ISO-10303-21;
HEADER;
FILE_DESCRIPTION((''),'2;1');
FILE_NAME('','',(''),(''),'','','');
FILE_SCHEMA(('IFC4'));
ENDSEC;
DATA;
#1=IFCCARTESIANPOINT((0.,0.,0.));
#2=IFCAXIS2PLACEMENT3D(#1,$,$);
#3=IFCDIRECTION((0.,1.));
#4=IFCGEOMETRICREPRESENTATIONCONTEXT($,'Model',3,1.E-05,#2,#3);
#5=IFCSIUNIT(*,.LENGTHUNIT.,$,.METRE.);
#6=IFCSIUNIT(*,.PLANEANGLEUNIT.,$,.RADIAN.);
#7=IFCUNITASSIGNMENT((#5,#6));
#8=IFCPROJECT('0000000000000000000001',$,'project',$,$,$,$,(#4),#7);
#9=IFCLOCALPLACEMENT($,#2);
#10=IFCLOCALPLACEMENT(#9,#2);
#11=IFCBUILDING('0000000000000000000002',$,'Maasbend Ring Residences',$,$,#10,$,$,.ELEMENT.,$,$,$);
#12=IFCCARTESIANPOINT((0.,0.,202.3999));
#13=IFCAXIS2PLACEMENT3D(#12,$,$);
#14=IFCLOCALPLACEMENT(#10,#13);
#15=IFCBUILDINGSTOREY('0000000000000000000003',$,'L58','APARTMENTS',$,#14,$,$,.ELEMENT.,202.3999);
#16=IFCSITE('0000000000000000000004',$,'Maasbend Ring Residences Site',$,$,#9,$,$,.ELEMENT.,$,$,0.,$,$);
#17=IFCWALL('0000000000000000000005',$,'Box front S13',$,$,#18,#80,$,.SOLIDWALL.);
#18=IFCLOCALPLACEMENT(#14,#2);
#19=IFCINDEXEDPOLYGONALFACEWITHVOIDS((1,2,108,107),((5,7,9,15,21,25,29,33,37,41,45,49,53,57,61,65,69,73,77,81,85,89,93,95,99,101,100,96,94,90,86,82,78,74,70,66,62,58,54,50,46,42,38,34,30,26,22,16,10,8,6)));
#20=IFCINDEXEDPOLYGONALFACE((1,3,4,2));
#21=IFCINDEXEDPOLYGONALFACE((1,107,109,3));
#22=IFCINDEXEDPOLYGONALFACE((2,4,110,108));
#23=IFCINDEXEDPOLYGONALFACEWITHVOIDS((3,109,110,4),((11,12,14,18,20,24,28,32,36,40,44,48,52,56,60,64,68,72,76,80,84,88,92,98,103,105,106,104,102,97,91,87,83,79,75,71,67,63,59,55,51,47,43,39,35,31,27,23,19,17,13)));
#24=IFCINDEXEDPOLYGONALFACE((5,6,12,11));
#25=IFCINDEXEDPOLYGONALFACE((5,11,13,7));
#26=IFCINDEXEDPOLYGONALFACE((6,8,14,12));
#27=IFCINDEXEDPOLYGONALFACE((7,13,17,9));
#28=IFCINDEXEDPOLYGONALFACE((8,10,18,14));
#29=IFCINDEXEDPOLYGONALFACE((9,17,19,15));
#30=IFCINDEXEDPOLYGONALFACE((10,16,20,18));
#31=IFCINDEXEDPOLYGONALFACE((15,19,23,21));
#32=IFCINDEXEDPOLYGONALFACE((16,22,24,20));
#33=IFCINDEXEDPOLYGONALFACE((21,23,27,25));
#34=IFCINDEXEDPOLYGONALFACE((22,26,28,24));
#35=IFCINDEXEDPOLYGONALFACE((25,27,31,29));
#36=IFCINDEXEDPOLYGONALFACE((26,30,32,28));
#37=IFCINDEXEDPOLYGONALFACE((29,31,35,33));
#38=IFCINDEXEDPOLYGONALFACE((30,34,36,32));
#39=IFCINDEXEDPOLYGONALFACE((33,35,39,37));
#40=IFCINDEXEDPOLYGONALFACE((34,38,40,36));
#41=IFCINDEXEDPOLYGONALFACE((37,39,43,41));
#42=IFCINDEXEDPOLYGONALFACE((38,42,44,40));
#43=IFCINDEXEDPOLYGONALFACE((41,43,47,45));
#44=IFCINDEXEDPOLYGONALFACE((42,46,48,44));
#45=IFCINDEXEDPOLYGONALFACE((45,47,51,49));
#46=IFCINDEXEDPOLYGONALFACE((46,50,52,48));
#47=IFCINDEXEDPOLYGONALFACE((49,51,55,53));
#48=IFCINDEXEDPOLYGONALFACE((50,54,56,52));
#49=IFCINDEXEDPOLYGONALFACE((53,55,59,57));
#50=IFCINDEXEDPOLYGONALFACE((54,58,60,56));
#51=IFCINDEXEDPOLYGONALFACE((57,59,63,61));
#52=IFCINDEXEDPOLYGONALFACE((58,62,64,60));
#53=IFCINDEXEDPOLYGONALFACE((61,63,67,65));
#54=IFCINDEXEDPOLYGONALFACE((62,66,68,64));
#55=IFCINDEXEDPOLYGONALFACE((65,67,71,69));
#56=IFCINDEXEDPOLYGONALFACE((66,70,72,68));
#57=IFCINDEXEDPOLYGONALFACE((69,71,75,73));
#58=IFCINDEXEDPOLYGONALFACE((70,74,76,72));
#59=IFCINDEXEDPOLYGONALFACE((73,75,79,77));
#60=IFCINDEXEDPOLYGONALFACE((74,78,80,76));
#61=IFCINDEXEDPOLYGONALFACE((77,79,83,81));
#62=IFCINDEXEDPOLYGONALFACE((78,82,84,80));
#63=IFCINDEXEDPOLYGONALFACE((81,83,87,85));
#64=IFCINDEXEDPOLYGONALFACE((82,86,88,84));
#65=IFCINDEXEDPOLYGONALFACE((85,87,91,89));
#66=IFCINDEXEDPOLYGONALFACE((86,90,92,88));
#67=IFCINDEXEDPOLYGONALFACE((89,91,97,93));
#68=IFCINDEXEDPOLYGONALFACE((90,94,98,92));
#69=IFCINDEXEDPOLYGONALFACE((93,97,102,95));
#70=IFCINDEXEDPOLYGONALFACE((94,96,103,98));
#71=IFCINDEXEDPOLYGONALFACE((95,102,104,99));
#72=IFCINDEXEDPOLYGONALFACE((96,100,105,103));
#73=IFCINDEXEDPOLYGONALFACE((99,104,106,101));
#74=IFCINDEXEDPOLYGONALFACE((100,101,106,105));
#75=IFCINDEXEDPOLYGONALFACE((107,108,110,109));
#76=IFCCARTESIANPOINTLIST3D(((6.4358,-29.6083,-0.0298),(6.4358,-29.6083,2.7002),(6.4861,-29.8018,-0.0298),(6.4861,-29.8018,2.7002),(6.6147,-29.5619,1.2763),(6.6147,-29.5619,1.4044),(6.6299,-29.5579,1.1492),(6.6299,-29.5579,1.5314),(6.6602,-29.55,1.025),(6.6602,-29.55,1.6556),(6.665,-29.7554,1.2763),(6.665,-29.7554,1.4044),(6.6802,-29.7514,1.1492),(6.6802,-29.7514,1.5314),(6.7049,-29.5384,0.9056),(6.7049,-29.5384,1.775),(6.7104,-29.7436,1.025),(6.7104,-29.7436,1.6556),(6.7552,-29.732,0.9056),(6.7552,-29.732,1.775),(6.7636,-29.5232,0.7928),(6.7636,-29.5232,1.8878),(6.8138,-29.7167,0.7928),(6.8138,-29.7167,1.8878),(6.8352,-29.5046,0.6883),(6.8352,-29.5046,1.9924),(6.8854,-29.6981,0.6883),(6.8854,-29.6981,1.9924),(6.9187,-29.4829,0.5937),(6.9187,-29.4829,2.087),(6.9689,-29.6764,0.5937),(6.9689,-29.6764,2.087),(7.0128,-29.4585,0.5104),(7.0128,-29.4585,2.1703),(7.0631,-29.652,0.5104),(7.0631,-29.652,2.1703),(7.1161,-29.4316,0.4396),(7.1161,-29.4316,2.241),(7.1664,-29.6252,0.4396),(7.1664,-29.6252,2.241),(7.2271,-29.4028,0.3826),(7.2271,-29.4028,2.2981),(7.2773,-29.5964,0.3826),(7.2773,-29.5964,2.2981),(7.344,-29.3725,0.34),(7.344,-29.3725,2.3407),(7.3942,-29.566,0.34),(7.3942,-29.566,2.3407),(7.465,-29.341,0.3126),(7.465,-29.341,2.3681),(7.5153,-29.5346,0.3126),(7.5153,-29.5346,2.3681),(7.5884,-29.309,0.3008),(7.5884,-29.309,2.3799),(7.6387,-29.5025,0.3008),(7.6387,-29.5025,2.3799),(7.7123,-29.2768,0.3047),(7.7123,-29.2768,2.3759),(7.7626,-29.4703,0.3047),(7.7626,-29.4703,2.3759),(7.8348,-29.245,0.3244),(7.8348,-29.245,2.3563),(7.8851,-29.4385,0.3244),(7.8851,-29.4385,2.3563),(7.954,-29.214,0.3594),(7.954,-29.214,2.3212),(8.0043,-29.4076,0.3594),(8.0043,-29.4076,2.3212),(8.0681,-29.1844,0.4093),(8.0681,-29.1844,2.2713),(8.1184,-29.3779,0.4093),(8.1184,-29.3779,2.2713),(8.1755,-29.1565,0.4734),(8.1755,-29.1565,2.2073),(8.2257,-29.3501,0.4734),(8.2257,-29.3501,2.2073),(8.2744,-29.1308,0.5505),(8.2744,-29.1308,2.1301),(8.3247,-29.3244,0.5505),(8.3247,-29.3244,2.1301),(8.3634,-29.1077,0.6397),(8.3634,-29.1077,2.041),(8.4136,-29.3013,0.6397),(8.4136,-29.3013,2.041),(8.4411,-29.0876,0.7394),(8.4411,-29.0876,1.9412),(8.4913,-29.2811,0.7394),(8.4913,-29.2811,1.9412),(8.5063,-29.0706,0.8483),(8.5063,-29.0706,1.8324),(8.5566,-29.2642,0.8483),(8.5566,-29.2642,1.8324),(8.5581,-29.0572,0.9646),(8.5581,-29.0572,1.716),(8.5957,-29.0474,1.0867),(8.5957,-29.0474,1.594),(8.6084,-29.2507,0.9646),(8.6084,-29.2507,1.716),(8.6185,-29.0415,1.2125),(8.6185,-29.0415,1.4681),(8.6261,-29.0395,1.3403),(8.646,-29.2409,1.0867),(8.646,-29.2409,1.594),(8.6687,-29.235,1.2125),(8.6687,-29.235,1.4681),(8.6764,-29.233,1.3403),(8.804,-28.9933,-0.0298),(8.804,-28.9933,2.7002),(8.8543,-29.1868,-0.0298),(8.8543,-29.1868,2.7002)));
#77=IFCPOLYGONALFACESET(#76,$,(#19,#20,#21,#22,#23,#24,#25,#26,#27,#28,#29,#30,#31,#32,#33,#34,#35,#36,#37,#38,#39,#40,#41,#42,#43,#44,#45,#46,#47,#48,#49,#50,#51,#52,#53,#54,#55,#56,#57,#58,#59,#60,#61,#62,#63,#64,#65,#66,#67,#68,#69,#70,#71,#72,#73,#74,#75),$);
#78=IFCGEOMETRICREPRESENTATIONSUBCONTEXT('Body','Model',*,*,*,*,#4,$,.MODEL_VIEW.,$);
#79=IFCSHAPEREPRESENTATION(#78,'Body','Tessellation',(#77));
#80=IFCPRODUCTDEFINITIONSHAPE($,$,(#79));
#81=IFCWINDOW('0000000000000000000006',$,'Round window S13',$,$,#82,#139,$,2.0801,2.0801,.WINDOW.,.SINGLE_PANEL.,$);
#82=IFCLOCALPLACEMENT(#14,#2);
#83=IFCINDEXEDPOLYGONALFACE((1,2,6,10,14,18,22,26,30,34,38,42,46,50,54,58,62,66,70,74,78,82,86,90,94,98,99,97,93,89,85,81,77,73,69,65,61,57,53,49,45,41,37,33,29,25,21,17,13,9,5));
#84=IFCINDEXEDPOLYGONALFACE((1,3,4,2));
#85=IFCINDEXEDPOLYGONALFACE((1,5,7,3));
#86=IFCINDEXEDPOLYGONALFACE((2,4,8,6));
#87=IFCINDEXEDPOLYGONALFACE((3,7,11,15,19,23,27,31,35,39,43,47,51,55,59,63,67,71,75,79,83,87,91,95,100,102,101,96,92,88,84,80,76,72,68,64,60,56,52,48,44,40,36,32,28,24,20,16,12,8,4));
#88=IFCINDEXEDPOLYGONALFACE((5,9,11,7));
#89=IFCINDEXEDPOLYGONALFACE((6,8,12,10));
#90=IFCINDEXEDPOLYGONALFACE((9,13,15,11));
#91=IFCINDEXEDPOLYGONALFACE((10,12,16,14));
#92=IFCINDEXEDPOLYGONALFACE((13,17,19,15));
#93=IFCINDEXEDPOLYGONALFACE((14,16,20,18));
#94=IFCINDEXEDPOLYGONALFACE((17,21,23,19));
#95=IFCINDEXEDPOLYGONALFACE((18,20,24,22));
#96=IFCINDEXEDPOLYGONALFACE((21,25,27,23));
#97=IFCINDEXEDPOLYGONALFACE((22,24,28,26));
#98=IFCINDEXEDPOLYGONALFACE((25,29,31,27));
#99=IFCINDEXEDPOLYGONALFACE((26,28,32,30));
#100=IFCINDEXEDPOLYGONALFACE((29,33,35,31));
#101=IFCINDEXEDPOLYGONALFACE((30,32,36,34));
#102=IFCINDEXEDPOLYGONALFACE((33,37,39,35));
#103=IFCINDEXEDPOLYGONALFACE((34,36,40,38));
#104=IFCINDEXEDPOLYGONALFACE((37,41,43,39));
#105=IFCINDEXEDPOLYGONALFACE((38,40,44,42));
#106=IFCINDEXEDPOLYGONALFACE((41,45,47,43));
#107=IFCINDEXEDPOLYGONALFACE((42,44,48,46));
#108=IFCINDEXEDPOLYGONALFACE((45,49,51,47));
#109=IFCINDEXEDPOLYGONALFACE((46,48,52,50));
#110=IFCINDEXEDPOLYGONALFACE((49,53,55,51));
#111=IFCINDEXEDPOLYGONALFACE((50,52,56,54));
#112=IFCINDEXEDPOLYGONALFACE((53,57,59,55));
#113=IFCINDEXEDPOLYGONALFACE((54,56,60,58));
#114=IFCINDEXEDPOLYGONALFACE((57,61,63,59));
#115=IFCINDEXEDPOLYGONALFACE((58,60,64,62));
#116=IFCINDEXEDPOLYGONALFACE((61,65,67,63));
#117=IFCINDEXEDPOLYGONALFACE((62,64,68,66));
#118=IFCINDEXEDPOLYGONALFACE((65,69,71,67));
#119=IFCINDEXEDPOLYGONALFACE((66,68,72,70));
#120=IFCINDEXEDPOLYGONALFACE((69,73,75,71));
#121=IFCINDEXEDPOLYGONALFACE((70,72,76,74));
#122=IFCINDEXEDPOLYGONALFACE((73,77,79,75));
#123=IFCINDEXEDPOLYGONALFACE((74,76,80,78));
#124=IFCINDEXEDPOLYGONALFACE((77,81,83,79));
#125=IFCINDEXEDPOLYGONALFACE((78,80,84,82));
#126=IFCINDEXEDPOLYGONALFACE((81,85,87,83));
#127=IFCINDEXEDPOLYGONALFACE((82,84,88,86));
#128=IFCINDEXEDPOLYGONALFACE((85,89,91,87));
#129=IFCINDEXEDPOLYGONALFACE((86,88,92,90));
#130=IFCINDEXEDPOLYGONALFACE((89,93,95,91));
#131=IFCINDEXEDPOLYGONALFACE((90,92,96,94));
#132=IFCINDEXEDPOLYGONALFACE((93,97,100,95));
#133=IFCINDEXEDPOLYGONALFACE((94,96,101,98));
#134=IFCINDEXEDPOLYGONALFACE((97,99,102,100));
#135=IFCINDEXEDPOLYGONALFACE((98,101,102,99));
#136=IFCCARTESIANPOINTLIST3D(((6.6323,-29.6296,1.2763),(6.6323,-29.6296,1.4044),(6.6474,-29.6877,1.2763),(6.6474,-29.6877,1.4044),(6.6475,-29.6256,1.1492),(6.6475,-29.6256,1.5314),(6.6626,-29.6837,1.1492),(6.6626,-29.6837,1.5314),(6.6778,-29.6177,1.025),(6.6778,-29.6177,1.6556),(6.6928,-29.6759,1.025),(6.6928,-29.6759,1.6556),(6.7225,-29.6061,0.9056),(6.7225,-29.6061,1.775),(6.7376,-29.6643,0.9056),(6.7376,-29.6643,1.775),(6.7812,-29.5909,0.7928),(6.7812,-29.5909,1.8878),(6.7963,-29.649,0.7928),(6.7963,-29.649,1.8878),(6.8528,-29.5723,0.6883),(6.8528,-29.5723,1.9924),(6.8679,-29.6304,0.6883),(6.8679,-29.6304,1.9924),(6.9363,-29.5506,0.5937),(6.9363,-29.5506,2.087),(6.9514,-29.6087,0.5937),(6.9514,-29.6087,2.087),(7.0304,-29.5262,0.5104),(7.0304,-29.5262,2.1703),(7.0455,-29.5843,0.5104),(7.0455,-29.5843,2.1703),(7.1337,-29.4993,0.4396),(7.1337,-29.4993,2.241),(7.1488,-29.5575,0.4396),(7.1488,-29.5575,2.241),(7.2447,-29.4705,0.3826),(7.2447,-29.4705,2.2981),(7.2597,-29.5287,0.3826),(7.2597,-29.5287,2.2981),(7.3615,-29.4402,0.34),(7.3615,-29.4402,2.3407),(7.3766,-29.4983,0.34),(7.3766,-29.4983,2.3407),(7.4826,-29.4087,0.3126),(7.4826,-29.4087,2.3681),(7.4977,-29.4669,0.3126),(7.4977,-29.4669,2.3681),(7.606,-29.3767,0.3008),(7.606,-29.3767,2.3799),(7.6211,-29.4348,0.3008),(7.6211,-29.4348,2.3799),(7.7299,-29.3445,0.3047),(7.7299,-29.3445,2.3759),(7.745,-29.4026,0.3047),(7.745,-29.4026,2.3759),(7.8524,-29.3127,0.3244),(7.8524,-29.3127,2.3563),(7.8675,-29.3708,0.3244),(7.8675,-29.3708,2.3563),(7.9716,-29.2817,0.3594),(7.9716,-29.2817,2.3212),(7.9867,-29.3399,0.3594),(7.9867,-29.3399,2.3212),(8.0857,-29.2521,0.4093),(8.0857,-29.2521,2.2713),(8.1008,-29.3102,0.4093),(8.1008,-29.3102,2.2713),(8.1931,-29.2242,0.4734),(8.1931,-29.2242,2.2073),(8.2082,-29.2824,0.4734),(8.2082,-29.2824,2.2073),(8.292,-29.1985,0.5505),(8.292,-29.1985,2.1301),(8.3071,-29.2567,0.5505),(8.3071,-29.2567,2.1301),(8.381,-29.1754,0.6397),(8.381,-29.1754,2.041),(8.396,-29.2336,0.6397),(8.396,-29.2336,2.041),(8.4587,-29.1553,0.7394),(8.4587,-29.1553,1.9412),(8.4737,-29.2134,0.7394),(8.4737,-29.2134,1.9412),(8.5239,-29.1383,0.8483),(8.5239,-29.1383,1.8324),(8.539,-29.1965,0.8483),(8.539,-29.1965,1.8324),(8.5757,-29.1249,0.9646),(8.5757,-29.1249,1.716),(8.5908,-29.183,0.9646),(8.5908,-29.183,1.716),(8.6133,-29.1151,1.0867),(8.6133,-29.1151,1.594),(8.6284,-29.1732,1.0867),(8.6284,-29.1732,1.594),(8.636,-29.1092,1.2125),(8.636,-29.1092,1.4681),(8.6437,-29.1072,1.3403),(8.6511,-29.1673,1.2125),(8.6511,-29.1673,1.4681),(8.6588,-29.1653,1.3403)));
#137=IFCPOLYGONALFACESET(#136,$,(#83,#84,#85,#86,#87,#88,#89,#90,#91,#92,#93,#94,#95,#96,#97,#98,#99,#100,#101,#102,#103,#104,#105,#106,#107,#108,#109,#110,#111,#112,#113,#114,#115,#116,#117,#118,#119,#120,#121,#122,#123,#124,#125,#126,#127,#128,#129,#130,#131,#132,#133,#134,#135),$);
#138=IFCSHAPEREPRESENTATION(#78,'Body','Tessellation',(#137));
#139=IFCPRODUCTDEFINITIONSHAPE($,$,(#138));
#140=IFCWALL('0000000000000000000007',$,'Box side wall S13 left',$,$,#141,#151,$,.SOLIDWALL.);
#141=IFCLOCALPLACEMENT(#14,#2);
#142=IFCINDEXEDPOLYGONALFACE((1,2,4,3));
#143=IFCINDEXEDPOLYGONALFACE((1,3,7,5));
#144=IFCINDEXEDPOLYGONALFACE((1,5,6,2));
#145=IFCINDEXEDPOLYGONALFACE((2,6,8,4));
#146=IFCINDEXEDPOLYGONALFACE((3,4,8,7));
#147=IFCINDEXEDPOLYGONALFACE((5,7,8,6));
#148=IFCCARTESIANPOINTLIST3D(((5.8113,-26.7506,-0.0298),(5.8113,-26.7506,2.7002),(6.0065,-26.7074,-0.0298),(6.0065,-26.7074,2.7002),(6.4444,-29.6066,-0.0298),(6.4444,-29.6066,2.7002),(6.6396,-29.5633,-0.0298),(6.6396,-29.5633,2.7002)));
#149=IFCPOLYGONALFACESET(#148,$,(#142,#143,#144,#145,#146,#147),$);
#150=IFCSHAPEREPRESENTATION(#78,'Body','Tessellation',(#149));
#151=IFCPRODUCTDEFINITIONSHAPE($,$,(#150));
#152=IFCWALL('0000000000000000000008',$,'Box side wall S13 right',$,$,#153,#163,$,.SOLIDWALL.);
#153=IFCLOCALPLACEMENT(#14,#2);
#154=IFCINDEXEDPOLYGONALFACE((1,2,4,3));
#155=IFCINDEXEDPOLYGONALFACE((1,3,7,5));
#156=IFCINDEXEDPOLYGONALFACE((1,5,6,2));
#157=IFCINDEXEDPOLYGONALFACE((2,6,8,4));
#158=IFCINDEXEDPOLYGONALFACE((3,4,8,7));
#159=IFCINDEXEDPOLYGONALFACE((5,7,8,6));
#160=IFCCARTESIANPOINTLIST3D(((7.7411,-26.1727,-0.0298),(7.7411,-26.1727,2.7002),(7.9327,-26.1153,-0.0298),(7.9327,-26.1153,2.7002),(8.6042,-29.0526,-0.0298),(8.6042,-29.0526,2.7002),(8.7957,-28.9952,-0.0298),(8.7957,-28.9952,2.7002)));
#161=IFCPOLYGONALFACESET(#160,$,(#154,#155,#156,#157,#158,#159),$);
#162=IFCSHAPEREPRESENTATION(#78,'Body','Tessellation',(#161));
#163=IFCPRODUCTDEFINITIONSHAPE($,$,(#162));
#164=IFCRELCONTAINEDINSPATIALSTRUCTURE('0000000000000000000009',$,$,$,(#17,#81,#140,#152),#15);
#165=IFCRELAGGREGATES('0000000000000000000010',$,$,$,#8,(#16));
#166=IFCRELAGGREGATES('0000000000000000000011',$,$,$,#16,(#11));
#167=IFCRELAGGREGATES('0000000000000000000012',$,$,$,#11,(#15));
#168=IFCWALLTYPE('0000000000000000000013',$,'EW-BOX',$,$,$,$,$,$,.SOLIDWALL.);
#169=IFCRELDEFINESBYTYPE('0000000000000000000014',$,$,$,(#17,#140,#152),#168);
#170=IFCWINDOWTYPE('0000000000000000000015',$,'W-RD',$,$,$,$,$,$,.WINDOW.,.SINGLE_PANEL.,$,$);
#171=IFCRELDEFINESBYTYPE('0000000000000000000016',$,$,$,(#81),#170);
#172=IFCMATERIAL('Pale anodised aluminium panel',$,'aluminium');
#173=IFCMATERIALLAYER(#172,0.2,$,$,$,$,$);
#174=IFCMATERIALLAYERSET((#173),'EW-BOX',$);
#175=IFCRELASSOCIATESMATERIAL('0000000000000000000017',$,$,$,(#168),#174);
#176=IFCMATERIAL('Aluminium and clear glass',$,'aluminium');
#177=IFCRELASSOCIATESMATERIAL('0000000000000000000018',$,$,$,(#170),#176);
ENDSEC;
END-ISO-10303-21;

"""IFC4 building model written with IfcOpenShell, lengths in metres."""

from ifc_helpers import new_model, si_unit, direction, frame, frame_2d, origin, place, context, subcontext, project, spatial, rectangle, circle, extrude, material, layer, layer_set, type_object, element, fill, save


model = new_model("IFC4")

# Units and contexts
model_context = context("Model", 3, precision=1e-05, world=origin(), true_north=direction((0.0, 1.0)))
body_context = subcontext(model_context, "Body", "Model", "MODEL_VIEW")
ifc_project = project(units=[si_unit("LENGTHUNIT", "METRE"), si_unit("PLANEANGLEUNIT", "RADIAN")], contexts=[model_context])

# Site, building, storey
site_placement = place(None, origin())
site = spatial("IfcSite", under=ifc_project, at=site_placement, Name="Maasbend Ring Residences Site", CompositionType="ELEMENT", RefElevation=0.0)
building_placement = place(site_placement, origin())
building = spatial("IfcBuilding", under=site, at=building_placement, Name="Maasbend Ring Residences", CompositionType="ELEMENT")
storey_placement = place(building_placement, frame((0.0, 0.0, 202.3999)))
storey = spatial("IfcBuildingStorey", under=building, at=storey_placement, Name="L58", Description="APARTMENTS", CompositionType="ELEMENT", Elevation=202.3999)

# Shared definitions
ifc_material_1 = material(Name="Pale anodised aluminium panel", Category="aluminium")
ifc_layer_1 = layer(ifc_material_1, 0.2)
ifc_layer_set_1 = layer_set([ifc_layer_1], Name="EW-BOX")
wall_type_1 = type_object("IfcWallType", Name="EW-BOX", PredefinedType="SOLIDWALL", material=ifc_layer_set_1)

# Wall, opening, window
wall_1_placement = place(storey_placement, frame((6.4609, -29.7051, -0.0298), z_axis=(0.0, 0.0, 1.0), x_axis=(0.967895, 0.251353, 0.0)))
wall_1 = element("IfcWall", 1, at=wall_1_placement, inside=storey, type_object=wall_type_1, Name="Box front S13", PredefinedType="SOLIDWALL", context=body_context, shape_type="SweptSolid", body=[
    extrude(rectangle(XDim=2.4468, YDim=0.2, at=frame_2d((1.2234, 0.0))), origin(), (0.0, 0.0, 1.0), 2.73),
])
opening_1_placement = place(wall_1_placement, frame((0.1829, 0.0, 0.3301)))
opening_1 = element("IfcOpeningElement", 2, at=opening_1_placement, cuts=wall_1, PredefinedType="OPENING", context=body_context, shape_type="SweptSolid", body=[
    extrude(circle(Radius=1.04, at=frame_2d((1.04, 1.04))), frame((0.0, 0.1099, 0.0), z_axis=(0.0, -1.0, 0.0), x_axis=(1.0, 0.0, 0.0)), (0.0, 0.0, 1.0), 0.22),
])
ifc_material_2 = material(Name="Aluminium and clear glass", Category="aluminium")
window_type_1 = type_object("IfcWindowType", Name="W-RD", PartitioningType="SINGLE_PANEL", PredefinedType="WINDOW", material=ifc_material_2)
window_1_placement = place(opening_1_placement, origin())
window_1 = element("IfcWindow", 3, at=window_1_placement, inside=storey, type_object=window_type_1, Name="Round window S13", OverallHeight=2.0801, OverallWidth=2.0801, PartitioningType="SINGLE_PANEL", PredefinedType="WINDOW", context=body_context, shape_type="SweptSolid", body=[
    extrude(circle(Radius=1.04, at=frame_2d((1.04, 1.04))), frame((0.0, 0.03, 0.0), z_axis=(0.0, -1.0, 0.0), x_axis=(1.0, 0.0, 0.0)), (0.0, 0.0, 1.0), 0.0601),
])
fill(opening_1, window_1)

# Walls
wall_2_placement = place(storey_placement, frame((5.9089, -26.729, -0.0298), z_axis=(0.0, 0.0, 1.0), x_axis=(0.216409, -0.976303, 0.0)))
element("IfcWall", 4, at=wall_2_placement, inside=storey, type_object=wall_type_1, Name="Box side wall S13 left", PredefinedType="SOLIDWALL", context=body_context, shape_type="SweptSolid", body=[
    extrude(rectangle(XDim=2.9253, YDim=0.2, at=frame_2d((1.4626, 0.0))), origin(), (0.0, 0.0, 1.0), 2.73),
])
wall_3_placement = place(storey_placement, frame((7.8369, -26.144, -0.0298), z_axis=(0.0, 0.0, 1.0), x_axis=(0.287065, -0.957911, 0.0)))
element("IfcWall", 5, at=wall_3_placement, inside=storey, type_object=wall_type_1, Name="Box side wall S13 right", PredefinedType="SOLIDWALL", context=body_context, shape_type="SweptSolid", body=[
    extrude(rectangle(XDim=3.0063, YDim=0.2, at=frame_2d((1.5032, 0.0))), origin(), (0.0, 0.0, 1.0), 2.73),
])

save(model, "model.ifc")
